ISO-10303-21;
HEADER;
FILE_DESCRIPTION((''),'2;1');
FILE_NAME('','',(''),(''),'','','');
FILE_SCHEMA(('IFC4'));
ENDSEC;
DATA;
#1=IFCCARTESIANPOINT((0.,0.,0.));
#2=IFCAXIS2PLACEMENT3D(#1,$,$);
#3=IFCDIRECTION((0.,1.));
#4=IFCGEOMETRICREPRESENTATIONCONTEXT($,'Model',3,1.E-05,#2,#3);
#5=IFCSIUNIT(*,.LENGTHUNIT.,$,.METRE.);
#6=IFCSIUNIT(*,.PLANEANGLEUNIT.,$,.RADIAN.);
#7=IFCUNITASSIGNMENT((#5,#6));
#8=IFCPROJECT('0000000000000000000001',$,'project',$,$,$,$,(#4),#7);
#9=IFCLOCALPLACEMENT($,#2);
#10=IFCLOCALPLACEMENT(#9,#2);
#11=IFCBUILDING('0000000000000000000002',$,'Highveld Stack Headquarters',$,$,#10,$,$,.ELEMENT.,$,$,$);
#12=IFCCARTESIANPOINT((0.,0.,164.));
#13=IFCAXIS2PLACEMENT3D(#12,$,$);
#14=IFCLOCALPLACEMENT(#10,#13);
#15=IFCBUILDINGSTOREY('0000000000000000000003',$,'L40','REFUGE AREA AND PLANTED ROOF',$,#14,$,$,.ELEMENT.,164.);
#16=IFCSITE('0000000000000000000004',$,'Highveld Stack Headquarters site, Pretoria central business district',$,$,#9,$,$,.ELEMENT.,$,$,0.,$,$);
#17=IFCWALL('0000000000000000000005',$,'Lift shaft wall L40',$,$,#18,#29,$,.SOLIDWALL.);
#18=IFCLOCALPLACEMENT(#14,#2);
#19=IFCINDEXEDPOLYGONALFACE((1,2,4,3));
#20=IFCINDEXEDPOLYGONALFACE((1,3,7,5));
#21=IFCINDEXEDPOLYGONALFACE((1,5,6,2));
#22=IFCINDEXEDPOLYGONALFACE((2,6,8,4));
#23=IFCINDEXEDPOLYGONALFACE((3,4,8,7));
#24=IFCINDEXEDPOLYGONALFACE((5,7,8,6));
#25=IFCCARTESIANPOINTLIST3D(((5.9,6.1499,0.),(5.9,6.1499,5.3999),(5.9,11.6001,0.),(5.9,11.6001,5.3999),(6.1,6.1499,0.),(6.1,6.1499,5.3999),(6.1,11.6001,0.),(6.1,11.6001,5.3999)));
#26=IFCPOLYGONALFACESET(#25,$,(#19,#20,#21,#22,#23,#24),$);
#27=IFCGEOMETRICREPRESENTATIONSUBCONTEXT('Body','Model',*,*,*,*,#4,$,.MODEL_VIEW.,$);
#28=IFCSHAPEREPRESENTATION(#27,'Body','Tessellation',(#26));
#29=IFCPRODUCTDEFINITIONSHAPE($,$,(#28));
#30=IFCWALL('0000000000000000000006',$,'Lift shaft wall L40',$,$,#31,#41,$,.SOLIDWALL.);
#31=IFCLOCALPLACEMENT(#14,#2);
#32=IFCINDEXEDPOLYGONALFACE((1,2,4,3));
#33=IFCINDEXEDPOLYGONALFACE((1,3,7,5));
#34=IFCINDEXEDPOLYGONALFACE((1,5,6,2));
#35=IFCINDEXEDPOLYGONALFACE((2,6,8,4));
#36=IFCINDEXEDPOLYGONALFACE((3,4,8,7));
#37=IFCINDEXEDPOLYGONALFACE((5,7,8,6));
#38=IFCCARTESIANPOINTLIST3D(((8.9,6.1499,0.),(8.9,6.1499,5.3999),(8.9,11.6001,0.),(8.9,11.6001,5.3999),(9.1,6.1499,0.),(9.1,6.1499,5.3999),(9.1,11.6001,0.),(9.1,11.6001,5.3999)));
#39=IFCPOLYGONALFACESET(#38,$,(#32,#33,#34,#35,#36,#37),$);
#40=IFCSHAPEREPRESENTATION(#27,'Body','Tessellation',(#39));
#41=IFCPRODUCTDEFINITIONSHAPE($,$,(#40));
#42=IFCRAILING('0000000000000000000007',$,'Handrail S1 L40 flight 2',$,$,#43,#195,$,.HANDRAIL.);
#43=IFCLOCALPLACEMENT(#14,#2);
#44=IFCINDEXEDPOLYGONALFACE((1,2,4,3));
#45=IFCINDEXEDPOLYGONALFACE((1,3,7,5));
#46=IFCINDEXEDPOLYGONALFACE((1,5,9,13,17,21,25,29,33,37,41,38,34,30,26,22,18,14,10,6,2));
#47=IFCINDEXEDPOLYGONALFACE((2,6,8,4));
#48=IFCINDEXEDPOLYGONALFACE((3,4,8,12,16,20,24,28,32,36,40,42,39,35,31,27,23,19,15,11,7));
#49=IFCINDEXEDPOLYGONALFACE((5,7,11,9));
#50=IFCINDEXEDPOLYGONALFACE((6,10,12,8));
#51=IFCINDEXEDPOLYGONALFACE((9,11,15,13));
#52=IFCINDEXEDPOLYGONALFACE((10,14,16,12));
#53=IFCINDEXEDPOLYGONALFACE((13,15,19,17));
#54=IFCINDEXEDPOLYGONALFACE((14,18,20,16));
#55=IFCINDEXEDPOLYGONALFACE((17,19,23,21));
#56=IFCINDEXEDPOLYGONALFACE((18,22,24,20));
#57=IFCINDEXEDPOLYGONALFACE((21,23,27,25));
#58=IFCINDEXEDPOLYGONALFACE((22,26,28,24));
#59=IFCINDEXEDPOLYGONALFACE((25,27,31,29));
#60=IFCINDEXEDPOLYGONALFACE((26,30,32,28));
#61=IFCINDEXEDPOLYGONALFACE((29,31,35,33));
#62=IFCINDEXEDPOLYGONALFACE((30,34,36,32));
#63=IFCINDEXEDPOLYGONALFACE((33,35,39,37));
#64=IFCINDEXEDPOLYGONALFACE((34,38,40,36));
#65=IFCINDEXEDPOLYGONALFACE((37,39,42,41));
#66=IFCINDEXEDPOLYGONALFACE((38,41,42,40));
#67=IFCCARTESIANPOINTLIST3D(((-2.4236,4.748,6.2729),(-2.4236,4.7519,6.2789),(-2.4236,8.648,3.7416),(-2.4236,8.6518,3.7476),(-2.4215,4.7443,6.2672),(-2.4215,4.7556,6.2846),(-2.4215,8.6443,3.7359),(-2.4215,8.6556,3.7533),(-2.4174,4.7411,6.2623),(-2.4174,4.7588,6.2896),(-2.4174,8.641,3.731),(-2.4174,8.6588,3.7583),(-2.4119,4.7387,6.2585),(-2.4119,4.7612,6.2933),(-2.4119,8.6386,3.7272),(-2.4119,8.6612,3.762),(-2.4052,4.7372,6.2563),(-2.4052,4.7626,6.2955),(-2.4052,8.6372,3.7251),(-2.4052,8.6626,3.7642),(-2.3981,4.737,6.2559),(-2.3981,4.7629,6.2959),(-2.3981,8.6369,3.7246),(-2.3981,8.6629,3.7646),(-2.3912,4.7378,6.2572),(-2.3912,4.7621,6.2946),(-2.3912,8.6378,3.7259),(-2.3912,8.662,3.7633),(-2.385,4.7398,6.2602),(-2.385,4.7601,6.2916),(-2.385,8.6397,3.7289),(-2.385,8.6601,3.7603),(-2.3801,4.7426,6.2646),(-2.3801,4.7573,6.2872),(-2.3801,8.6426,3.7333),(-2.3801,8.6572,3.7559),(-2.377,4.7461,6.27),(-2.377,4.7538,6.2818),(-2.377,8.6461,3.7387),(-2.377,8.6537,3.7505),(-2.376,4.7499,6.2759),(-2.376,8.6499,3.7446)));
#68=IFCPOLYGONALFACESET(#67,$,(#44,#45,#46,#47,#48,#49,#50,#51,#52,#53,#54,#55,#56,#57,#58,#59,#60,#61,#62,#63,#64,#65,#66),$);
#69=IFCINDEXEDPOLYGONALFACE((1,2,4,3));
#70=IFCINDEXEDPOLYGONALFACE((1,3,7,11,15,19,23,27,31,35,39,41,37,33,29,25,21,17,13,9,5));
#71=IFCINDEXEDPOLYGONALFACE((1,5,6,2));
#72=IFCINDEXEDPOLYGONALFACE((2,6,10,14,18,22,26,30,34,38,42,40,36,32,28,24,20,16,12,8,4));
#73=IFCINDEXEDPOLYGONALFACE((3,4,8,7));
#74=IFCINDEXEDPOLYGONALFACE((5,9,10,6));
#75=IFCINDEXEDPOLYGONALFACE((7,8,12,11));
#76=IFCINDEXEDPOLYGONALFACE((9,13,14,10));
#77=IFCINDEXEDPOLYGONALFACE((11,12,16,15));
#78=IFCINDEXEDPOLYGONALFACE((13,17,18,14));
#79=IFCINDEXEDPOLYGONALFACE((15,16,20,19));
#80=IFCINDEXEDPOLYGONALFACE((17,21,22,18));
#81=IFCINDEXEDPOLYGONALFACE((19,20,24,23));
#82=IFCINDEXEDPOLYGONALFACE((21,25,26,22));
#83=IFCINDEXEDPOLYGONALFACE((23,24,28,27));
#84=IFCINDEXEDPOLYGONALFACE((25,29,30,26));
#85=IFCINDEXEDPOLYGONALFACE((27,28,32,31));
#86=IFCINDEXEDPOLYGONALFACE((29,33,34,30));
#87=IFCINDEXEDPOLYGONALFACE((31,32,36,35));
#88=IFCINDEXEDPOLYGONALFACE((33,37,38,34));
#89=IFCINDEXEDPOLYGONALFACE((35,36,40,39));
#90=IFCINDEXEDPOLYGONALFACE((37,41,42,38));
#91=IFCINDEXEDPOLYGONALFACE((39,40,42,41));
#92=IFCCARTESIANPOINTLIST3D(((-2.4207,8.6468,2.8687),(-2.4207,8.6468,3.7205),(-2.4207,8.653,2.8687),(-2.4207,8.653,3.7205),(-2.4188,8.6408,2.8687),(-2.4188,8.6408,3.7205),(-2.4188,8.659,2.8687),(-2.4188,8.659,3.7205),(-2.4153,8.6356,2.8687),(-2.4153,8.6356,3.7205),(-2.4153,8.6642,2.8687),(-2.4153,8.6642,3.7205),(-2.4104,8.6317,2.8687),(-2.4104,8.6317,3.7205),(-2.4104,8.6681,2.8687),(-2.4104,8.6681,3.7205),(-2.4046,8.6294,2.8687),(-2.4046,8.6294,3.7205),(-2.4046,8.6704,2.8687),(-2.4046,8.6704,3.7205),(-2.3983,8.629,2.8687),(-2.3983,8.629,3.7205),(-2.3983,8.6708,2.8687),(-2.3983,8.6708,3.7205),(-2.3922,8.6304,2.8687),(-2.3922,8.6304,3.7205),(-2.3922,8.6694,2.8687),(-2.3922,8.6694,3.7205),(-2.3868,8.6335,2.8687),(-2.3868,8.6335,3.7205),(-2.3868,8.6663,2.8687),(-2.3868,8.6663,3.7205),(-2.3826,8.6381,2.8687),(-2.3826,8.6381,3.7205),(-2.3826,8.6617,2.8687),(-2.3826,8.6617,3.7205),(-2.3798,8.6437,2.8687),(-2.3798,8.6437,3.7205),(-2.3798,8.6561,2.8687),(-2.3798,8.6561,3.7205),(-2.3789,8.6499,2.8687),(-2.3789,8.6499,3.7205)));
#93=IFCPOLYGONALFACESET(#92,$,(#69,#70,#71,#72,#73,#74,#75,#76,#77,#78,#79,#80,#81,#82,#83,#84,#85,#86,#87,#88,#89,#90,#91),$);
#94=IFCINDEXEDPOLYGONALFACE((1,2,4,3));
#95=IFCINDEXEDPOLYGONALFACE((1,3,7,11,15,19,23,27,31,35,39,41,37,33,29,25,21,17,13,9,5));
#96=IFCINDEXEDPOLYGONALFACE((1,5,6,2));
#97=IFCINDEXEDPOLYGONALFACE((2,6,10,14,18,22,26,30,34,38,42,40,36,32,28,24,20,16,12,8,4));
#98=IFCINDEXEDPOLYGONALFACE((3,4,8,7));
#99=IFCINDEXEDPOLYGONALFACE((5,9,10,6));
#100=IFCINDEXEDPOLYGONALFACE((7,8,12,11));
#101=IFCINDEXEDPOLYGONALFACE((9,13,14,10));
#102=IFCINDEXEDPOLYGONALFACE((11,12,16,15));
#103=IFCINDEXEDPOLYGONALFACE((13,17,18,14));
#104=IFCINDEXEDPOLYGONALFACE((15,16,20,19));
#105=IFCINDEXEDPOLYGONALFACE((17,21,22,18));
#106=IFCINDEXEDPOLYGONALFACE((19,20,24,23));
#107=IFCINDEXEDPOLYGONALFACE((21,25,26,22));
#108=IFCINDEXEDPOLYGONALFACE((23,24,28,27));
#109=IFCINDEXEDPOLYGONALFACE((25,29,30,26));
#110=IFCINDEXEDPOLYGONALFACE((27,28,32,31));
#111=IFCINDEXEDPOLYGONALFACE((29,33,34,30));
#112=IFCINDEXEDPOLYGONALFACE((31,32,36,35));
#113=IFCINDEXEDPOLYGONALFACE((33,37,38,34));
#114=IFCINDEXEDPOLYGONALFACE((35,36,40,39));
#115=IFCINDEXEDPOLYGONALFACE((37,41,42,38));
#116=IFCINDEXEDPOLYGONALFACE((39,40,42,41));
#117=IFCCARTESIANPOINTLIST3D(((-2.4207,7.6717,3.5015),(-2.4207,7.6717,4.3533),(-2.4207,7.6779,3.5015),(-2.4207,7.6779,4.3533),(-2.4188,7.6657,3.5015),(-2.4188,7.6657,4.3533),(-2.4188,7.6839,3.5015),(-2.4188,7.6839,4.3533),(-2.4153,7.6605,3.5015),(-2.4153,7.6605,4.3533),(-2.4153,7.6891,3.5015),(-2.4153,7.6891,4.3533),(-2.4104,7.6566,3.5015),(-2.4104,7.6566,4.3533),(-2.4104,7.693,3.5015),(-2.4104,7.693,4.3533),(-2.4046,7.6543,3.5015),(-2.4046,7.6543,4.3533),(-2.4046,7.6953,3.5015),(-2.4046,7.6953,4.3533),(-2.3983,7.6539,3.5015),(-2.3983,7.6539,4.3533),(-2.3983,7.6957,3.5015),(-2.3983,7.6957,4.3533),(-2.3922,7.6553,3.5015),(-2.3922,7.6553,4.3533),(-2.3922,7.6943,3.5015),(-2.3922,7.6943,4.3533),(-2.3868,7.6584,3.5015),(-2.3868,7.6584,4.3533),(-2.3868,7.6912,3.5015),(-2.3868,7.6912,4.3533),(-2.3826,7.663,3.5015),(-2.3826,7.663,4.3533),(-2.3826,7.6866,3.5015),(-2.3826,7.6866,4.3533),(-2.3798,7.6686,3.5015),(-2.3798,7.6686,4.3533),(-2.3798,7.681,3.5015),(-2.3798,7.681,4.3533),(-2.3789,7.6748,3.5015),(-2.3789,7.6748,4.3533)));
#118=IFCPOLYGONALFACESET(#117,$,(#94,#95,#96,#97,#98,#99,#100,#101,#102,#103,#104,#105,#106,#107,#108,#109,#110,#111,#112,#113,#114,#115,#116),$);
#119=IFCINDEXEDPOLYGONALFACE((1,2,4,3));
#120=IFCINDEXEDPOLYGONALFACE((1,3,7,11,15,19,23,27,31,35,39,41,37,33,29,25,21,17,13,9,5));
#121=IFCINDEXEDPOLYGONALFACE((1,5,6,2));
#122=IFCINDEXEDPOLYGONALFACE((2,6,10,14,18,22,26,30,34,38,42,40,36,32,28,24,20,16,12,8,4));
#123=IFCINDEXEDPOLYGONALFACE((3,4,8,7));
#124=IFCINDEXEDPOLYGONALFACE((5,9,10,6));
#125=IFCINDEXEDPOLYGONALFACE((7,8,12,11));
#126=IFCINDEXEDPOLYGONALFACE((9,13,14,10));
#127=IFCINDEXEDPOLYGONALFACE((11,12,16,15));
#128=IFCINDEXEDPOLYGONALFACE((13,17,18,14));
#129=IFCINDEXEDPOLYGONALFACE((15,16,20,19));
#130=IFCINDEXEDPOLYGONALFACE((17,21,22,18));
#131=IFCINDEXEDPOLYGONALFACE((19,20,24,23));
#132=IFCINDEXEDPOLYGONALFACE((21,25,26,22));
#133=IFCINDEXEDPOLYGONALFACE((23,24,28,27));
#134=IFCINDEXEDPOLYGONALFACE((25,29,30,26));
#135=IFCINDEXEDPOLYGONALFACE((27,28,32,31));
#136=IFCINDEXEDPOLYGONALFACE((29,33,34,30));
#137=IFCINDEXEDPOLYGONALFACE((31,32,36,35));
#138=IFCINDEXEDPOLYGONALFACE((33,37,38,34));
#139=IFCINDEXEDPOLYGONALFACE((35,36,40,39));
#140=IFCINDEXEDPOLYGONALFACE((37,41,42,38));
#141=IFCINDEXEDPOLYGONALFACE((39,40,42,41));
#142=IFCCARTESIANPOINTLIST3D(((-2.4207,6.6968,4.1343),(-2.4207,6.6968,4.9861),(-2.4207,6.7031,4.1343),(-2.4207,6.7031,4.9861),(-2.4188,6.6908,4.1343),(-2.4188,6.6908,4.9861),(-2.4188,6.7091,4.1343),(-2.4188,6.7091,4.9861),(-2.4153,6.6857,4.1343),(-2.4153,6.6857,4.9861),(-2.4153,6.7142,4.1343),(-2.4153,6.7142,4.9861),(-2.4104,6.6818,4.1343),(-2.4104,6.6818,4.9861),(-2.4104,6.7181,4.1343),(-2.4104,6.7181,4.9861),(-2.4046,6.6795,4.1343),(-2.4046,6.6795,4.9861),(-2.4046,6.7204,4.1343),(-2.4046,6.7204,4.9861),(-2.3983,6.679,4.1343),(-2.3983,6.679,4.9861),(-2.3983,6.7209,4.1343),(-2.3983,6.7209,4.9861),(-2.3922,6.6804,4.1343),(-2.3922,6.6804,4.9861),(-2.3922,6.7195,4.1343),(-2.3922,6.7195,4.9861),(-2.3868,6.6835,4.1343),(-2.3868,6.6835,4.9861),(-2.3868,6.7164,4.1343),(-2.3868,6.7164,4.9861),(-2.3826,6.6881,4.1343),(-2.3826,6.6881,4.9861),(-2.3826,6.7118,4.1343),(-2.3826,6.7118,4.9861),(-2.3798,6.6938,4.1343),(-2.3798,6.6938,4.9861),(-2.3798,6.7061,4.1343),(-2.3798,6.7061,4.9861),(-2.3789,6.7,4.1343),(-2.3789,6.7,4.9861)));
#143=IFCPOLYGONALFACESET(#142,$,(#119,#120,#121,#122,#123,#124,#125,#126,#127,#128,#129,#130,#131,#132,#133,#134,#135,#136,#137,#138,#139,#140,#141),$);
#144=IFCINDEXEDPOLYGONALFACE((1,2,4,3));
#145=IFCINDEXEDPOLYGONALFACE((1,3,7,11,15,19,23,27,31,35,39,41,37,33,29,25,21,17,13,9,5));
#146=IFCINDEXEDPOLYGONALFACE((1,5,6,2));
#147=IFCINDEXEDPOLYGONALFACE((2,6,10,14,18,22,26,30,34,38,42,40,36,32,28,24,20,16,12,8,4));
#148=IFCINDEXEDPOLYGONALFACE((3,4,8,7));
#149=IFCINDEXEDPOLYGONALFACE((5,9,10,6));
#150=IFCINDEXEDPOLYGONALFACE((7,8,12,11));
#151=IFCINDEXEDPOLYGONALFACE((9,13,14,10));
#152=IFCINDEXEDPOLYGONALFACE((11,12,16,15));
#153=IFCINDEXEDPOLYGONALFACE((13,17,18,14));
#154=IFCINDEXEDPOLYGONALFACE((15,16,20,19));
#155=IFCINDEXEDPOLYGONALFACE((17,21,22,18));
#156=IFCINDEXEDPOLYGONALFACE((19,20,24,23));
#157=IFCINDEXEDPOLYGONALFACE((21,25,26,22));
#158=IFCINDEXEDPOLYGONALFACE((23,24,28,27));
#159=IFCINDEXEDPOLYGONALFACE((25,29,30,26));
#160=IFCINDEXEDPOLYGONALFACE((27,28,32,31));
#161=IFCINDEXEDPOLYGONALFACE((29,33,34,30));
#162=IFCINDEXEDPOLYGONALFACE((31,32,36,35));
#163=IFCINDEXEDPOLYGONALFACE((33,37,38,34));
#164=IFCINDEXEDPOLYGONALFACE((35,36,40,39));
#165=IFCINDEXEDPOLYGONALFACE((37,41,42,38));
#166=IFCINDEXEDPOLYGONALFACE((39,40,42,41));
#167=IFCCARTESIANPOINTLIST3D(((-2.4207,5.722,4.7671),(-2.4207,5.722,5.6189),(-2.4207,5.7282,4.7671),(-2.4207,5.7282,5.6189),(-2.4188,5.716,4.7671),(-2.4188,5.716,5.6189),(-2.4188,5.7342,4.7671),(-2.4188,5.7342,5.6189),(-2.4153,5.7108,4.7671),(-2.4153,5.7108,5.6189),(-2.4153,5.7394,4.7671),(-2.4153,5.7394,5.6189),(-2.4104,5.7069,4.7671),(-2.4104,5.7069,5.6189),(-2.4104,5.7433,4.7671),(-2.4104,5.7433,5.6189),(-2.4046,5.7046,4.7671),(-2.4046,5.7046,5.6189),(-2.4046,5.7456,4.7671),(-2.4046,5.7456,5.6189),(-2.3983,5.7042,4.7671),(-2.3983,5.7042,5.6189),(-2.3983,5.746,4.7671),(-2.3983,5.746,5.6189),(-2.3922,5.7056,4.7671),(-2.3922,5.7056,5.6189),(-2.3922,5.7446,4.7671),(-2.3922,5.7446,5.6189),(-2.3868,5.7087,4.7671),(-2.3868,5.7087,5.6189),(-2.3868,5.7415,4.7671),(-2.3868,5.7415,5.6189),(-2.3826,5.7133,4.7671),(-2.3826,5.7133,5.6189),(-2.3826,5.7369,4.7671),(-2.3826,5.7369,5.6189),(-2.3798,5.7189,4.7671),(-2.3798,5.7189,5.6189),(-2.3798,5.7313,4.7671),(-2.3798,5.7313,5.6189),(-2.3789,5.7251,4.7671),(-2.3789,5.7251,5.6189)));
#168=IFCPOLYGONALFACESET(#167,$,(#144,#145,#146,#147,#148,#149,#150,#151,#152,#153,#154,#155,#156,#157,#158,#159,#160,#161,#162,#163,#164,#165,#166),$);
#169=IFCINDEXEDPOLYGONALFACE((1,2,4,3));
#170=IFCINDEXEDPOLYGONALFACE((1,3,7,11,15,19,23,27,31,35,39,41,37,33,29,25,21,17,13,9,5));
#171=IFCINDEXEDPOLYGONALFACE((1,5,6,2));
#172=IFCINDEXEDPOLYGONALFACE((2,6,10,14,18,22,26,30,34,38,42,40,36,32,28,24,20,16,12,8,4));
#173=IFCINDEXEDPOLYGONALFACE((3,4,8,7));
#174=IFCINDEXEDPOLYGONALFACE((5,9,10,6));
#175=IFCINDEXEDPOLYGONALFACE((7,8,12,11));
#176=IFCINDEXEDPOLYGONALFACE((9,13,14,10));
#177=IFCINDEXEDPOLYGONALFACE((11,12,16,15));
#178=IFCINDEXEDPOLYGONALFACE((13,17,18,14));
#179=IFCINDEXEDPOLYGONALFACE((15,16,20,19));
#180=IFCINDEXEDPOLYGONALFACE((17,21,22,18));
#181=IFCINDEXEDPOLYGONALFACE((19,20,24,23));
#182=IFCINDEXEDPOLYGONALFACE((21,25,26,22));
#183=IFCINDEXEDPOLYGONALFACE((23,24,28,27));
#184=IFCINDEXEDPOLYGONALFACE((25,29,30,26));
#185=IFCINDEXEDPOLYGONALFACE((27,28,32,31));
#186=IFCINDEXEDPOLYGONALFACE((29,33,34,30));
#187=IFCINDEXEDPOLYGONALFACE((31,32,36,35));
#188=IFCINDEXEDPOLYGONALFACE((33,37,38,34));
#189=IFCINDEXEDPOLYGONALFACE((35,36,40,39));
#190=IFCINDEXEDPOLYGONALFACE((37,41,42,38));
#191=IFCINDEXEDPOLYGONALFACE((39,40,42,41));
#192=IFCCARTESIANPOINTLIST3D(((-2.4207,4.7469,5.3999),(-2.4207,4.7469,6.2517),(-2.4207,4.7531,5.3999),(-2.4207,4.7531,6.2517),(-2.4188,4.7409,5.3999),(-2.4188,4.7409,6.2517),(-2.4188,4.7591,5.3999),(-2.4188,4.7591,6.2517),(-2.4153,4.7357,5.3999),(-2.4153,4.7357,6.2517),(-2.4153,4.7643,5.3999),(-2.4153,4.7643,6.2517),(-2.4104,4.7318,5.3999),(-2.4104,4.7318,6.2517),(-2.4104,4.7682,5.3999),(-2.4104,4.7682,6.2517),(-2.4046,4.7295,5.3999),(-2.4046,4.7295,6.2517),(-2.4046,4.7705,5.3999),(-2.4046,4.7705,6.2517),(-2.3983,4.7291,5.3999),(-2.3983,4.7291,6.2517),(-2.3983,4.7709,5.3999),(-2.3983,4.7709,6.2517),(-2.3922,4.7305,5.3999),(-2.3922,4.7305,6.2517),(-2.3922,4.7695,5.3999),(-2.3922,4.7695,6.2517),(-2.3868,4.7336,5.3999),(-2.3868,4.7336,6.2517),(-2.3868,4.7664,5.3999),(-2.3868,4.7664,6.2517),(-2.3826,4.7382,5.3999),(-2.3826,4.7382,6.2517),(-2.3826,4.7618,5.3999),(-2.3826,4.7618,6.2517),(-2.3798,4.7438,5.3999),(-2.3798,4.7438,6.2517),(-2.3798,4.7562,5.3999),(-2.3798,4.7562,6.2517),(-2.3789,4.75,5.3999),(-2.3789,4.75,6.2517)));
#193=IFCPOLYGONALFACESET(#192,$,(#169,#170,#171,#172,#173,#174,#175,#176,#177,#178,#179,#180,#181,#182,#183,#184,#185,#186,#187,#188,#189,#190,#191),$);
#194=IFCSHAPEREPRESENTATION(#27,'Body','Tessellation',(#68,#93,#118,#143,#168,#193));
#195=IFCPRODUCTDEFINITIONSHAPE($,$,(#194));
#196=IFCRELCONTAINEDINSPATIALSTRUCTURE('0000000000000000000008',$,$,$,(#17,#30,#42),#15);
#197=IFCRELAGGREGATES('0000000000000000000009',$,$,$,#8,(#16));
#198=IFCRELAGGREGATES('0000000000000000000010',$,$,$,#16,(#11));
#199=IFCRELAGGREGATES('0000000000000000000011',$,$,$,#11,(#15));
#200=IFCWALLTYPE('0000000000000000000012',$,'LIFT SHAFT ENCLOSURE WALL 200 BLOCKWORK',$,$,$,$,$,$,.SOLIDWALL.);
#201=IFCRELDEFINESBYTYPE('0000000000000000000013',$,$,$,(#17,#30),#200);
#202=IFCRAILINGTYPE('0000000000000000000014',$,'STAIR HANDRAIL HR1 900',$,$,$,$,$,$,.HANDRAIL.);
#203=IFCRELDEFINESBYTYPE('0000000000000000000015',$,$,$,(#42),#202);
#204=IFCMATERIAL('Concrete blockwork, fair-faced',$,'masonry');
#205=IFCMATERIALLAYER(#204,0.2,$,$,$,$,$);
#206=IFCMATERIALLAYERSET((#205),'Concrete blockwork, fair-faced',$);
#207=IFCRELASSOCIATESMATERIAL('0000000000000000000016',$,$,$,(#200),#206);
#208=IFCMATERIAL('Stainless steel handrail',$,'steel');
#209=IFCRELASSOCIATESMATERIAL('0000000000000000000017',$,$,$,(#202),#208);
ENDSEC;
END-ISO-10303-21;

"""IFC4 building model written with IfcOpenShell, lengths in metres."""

from ifc_helpers import new_model, si_unit, direction, frame, frame_2d, origin, origin_2d, place, context, subcontext, project, spatial, rectangle, circle, extrude, material, layer, layer_set, type_object, element, save


model = new_model("IFC4")

# Units and contexts
model_context = context("Model", 3, precision=1e-05, world=origin(), true_north=direction((0.0, 1.0)))
body_context = subcontext(model_context, "Body", "Model", "MODEL_VIEW")
ifc_project = project(units=[si_unit("LENGTHUNIT", "METRE"), si_unit("PLANEANGLEUNIT", "RADIAN")], contexts=[model_context])

# Site, building, storey
site_placement = place(None, origin())
site = spatial("IfcSite", under=ifc_project, at=site_placement, Name="Highveld Stack Headquarters site, Pretoria central business district", CompositionType="ELEMENT", RefElevation=0.0)
building_placement = place(site_placement, origin())
building = spatial("IfcBuilding", under=site, at=building_placement, Name="Highveld Stack Headquarters", CompositionType="ELEMENT")
storey_placement = place(building_placement, frame((0.0, 0.0, 164.0)))
storey = spatial("IfcBuildingStorey", under=building, at=storey_placement, Name="L40", Description="REFUGE AREA AND PLANTED ROOF", CompositionType="ELEMENT", Elevation=164.0)

# Walls
ifc_material_1 = material(Name="Concrete blockwork, fair-faced", Category="masonry")
ifc_layer_1 = layer(ifc_material_1, 0.2)
ifc_layer_set_1 = layer_set([ifc_layer_1], Name="Concrete blockwork, fair-faced")
wall_type_1 = type_object("IfcWallType", Name="LIFT SHAFT ENCLOSURE WALL 200 BLOCKWORK", PredefinedType="SOLIDWALL", material=ifc_layer_set_1)
for number, where, z_axis, x_axis, name in (
    (1, (6.0, 6.1499, 0.0), (0.0, 0.0, 1.0), (0.0, 1.0, 0.0), "Lift shaft wall L40"),
    (2, (9.0, 6.1499, 0.0), (0.0, 0.0, 1.0), (0.0, 1.0, 0.0), "Lift shaft wall L40"),
):
    element("IfcWall", number, at=place(storey_placement, frame(where, z_axis=z_axis, x_axis=x_axis)), inside=storey, type_object=wall_type_1, Name=name, PredefinedType="SOLIDWALL", context=body_context, shape_type="SweptSolid", body=[
        extrude(rectangle(XDim=5.4502, YDim=0.2, at=frame_2d((2.7251, 0.0))), origin(), (0.0, 0.0, 1.0), 5.3999),
    ])

# Railing
ifc_material_2 = material(Name="Stainless steel handrail", Category="steel")
railing_type = type_object("IfcRailingType", Name="STAIR HANDRAIL HR1 900", PredefinedType="HANDRAIL", material=ifc_material_2)
railing_placement = place(storey_placement, frame((-2.3999, 8.6499, 2.8687)))
element("IfcRailing", 3, at=railing_placement, inside=storey, type_object=railing_type, Name="Handrail S1 L40 flight 2", PredefinedType="HANDRAIL", context=body_context, shape_type="SweptSolid", body=[
    extrude(circle(Radius=0.0239, at=origin_2d()), frame((0.0, 0.0, 0.876), z_axis=(0.0, -0.838806, 0.544431), x_axis=(1.0, 0.0, 0.0)), (0.0, 0.0, 1.0), 4.6494),
    extrude(circle(Radius=0.021, at=origin_2d()), origin(), (0.0, 0.0, 1.0), 0.8518),
    extrude(circle(Radius=0.021, at=origin_2d()), frame((0.0, -0.9751, 0.6328)), (0.0, 0.0, 1.0), 0.8518),
    extrude(circle(Radius=0.021, at=origin_2d()), frame((0.0, -1.95, 1.2656)), (0.0, 0.0, 1.0), 0.8518),
    extrude(circle(Radius=0.021, at=origin_2d()), frame((0.0, -2.9248, 1.8984)), (0.0, 0.0, 1.0), 0.8518),
    extrude(circle(Radius=0.021, at=origin_2d()), frame((0.0, -3.8999, 2.5312)), (0.0, 0.0, 1.0), 0.8518),
])

save(model, "model.ifc")
